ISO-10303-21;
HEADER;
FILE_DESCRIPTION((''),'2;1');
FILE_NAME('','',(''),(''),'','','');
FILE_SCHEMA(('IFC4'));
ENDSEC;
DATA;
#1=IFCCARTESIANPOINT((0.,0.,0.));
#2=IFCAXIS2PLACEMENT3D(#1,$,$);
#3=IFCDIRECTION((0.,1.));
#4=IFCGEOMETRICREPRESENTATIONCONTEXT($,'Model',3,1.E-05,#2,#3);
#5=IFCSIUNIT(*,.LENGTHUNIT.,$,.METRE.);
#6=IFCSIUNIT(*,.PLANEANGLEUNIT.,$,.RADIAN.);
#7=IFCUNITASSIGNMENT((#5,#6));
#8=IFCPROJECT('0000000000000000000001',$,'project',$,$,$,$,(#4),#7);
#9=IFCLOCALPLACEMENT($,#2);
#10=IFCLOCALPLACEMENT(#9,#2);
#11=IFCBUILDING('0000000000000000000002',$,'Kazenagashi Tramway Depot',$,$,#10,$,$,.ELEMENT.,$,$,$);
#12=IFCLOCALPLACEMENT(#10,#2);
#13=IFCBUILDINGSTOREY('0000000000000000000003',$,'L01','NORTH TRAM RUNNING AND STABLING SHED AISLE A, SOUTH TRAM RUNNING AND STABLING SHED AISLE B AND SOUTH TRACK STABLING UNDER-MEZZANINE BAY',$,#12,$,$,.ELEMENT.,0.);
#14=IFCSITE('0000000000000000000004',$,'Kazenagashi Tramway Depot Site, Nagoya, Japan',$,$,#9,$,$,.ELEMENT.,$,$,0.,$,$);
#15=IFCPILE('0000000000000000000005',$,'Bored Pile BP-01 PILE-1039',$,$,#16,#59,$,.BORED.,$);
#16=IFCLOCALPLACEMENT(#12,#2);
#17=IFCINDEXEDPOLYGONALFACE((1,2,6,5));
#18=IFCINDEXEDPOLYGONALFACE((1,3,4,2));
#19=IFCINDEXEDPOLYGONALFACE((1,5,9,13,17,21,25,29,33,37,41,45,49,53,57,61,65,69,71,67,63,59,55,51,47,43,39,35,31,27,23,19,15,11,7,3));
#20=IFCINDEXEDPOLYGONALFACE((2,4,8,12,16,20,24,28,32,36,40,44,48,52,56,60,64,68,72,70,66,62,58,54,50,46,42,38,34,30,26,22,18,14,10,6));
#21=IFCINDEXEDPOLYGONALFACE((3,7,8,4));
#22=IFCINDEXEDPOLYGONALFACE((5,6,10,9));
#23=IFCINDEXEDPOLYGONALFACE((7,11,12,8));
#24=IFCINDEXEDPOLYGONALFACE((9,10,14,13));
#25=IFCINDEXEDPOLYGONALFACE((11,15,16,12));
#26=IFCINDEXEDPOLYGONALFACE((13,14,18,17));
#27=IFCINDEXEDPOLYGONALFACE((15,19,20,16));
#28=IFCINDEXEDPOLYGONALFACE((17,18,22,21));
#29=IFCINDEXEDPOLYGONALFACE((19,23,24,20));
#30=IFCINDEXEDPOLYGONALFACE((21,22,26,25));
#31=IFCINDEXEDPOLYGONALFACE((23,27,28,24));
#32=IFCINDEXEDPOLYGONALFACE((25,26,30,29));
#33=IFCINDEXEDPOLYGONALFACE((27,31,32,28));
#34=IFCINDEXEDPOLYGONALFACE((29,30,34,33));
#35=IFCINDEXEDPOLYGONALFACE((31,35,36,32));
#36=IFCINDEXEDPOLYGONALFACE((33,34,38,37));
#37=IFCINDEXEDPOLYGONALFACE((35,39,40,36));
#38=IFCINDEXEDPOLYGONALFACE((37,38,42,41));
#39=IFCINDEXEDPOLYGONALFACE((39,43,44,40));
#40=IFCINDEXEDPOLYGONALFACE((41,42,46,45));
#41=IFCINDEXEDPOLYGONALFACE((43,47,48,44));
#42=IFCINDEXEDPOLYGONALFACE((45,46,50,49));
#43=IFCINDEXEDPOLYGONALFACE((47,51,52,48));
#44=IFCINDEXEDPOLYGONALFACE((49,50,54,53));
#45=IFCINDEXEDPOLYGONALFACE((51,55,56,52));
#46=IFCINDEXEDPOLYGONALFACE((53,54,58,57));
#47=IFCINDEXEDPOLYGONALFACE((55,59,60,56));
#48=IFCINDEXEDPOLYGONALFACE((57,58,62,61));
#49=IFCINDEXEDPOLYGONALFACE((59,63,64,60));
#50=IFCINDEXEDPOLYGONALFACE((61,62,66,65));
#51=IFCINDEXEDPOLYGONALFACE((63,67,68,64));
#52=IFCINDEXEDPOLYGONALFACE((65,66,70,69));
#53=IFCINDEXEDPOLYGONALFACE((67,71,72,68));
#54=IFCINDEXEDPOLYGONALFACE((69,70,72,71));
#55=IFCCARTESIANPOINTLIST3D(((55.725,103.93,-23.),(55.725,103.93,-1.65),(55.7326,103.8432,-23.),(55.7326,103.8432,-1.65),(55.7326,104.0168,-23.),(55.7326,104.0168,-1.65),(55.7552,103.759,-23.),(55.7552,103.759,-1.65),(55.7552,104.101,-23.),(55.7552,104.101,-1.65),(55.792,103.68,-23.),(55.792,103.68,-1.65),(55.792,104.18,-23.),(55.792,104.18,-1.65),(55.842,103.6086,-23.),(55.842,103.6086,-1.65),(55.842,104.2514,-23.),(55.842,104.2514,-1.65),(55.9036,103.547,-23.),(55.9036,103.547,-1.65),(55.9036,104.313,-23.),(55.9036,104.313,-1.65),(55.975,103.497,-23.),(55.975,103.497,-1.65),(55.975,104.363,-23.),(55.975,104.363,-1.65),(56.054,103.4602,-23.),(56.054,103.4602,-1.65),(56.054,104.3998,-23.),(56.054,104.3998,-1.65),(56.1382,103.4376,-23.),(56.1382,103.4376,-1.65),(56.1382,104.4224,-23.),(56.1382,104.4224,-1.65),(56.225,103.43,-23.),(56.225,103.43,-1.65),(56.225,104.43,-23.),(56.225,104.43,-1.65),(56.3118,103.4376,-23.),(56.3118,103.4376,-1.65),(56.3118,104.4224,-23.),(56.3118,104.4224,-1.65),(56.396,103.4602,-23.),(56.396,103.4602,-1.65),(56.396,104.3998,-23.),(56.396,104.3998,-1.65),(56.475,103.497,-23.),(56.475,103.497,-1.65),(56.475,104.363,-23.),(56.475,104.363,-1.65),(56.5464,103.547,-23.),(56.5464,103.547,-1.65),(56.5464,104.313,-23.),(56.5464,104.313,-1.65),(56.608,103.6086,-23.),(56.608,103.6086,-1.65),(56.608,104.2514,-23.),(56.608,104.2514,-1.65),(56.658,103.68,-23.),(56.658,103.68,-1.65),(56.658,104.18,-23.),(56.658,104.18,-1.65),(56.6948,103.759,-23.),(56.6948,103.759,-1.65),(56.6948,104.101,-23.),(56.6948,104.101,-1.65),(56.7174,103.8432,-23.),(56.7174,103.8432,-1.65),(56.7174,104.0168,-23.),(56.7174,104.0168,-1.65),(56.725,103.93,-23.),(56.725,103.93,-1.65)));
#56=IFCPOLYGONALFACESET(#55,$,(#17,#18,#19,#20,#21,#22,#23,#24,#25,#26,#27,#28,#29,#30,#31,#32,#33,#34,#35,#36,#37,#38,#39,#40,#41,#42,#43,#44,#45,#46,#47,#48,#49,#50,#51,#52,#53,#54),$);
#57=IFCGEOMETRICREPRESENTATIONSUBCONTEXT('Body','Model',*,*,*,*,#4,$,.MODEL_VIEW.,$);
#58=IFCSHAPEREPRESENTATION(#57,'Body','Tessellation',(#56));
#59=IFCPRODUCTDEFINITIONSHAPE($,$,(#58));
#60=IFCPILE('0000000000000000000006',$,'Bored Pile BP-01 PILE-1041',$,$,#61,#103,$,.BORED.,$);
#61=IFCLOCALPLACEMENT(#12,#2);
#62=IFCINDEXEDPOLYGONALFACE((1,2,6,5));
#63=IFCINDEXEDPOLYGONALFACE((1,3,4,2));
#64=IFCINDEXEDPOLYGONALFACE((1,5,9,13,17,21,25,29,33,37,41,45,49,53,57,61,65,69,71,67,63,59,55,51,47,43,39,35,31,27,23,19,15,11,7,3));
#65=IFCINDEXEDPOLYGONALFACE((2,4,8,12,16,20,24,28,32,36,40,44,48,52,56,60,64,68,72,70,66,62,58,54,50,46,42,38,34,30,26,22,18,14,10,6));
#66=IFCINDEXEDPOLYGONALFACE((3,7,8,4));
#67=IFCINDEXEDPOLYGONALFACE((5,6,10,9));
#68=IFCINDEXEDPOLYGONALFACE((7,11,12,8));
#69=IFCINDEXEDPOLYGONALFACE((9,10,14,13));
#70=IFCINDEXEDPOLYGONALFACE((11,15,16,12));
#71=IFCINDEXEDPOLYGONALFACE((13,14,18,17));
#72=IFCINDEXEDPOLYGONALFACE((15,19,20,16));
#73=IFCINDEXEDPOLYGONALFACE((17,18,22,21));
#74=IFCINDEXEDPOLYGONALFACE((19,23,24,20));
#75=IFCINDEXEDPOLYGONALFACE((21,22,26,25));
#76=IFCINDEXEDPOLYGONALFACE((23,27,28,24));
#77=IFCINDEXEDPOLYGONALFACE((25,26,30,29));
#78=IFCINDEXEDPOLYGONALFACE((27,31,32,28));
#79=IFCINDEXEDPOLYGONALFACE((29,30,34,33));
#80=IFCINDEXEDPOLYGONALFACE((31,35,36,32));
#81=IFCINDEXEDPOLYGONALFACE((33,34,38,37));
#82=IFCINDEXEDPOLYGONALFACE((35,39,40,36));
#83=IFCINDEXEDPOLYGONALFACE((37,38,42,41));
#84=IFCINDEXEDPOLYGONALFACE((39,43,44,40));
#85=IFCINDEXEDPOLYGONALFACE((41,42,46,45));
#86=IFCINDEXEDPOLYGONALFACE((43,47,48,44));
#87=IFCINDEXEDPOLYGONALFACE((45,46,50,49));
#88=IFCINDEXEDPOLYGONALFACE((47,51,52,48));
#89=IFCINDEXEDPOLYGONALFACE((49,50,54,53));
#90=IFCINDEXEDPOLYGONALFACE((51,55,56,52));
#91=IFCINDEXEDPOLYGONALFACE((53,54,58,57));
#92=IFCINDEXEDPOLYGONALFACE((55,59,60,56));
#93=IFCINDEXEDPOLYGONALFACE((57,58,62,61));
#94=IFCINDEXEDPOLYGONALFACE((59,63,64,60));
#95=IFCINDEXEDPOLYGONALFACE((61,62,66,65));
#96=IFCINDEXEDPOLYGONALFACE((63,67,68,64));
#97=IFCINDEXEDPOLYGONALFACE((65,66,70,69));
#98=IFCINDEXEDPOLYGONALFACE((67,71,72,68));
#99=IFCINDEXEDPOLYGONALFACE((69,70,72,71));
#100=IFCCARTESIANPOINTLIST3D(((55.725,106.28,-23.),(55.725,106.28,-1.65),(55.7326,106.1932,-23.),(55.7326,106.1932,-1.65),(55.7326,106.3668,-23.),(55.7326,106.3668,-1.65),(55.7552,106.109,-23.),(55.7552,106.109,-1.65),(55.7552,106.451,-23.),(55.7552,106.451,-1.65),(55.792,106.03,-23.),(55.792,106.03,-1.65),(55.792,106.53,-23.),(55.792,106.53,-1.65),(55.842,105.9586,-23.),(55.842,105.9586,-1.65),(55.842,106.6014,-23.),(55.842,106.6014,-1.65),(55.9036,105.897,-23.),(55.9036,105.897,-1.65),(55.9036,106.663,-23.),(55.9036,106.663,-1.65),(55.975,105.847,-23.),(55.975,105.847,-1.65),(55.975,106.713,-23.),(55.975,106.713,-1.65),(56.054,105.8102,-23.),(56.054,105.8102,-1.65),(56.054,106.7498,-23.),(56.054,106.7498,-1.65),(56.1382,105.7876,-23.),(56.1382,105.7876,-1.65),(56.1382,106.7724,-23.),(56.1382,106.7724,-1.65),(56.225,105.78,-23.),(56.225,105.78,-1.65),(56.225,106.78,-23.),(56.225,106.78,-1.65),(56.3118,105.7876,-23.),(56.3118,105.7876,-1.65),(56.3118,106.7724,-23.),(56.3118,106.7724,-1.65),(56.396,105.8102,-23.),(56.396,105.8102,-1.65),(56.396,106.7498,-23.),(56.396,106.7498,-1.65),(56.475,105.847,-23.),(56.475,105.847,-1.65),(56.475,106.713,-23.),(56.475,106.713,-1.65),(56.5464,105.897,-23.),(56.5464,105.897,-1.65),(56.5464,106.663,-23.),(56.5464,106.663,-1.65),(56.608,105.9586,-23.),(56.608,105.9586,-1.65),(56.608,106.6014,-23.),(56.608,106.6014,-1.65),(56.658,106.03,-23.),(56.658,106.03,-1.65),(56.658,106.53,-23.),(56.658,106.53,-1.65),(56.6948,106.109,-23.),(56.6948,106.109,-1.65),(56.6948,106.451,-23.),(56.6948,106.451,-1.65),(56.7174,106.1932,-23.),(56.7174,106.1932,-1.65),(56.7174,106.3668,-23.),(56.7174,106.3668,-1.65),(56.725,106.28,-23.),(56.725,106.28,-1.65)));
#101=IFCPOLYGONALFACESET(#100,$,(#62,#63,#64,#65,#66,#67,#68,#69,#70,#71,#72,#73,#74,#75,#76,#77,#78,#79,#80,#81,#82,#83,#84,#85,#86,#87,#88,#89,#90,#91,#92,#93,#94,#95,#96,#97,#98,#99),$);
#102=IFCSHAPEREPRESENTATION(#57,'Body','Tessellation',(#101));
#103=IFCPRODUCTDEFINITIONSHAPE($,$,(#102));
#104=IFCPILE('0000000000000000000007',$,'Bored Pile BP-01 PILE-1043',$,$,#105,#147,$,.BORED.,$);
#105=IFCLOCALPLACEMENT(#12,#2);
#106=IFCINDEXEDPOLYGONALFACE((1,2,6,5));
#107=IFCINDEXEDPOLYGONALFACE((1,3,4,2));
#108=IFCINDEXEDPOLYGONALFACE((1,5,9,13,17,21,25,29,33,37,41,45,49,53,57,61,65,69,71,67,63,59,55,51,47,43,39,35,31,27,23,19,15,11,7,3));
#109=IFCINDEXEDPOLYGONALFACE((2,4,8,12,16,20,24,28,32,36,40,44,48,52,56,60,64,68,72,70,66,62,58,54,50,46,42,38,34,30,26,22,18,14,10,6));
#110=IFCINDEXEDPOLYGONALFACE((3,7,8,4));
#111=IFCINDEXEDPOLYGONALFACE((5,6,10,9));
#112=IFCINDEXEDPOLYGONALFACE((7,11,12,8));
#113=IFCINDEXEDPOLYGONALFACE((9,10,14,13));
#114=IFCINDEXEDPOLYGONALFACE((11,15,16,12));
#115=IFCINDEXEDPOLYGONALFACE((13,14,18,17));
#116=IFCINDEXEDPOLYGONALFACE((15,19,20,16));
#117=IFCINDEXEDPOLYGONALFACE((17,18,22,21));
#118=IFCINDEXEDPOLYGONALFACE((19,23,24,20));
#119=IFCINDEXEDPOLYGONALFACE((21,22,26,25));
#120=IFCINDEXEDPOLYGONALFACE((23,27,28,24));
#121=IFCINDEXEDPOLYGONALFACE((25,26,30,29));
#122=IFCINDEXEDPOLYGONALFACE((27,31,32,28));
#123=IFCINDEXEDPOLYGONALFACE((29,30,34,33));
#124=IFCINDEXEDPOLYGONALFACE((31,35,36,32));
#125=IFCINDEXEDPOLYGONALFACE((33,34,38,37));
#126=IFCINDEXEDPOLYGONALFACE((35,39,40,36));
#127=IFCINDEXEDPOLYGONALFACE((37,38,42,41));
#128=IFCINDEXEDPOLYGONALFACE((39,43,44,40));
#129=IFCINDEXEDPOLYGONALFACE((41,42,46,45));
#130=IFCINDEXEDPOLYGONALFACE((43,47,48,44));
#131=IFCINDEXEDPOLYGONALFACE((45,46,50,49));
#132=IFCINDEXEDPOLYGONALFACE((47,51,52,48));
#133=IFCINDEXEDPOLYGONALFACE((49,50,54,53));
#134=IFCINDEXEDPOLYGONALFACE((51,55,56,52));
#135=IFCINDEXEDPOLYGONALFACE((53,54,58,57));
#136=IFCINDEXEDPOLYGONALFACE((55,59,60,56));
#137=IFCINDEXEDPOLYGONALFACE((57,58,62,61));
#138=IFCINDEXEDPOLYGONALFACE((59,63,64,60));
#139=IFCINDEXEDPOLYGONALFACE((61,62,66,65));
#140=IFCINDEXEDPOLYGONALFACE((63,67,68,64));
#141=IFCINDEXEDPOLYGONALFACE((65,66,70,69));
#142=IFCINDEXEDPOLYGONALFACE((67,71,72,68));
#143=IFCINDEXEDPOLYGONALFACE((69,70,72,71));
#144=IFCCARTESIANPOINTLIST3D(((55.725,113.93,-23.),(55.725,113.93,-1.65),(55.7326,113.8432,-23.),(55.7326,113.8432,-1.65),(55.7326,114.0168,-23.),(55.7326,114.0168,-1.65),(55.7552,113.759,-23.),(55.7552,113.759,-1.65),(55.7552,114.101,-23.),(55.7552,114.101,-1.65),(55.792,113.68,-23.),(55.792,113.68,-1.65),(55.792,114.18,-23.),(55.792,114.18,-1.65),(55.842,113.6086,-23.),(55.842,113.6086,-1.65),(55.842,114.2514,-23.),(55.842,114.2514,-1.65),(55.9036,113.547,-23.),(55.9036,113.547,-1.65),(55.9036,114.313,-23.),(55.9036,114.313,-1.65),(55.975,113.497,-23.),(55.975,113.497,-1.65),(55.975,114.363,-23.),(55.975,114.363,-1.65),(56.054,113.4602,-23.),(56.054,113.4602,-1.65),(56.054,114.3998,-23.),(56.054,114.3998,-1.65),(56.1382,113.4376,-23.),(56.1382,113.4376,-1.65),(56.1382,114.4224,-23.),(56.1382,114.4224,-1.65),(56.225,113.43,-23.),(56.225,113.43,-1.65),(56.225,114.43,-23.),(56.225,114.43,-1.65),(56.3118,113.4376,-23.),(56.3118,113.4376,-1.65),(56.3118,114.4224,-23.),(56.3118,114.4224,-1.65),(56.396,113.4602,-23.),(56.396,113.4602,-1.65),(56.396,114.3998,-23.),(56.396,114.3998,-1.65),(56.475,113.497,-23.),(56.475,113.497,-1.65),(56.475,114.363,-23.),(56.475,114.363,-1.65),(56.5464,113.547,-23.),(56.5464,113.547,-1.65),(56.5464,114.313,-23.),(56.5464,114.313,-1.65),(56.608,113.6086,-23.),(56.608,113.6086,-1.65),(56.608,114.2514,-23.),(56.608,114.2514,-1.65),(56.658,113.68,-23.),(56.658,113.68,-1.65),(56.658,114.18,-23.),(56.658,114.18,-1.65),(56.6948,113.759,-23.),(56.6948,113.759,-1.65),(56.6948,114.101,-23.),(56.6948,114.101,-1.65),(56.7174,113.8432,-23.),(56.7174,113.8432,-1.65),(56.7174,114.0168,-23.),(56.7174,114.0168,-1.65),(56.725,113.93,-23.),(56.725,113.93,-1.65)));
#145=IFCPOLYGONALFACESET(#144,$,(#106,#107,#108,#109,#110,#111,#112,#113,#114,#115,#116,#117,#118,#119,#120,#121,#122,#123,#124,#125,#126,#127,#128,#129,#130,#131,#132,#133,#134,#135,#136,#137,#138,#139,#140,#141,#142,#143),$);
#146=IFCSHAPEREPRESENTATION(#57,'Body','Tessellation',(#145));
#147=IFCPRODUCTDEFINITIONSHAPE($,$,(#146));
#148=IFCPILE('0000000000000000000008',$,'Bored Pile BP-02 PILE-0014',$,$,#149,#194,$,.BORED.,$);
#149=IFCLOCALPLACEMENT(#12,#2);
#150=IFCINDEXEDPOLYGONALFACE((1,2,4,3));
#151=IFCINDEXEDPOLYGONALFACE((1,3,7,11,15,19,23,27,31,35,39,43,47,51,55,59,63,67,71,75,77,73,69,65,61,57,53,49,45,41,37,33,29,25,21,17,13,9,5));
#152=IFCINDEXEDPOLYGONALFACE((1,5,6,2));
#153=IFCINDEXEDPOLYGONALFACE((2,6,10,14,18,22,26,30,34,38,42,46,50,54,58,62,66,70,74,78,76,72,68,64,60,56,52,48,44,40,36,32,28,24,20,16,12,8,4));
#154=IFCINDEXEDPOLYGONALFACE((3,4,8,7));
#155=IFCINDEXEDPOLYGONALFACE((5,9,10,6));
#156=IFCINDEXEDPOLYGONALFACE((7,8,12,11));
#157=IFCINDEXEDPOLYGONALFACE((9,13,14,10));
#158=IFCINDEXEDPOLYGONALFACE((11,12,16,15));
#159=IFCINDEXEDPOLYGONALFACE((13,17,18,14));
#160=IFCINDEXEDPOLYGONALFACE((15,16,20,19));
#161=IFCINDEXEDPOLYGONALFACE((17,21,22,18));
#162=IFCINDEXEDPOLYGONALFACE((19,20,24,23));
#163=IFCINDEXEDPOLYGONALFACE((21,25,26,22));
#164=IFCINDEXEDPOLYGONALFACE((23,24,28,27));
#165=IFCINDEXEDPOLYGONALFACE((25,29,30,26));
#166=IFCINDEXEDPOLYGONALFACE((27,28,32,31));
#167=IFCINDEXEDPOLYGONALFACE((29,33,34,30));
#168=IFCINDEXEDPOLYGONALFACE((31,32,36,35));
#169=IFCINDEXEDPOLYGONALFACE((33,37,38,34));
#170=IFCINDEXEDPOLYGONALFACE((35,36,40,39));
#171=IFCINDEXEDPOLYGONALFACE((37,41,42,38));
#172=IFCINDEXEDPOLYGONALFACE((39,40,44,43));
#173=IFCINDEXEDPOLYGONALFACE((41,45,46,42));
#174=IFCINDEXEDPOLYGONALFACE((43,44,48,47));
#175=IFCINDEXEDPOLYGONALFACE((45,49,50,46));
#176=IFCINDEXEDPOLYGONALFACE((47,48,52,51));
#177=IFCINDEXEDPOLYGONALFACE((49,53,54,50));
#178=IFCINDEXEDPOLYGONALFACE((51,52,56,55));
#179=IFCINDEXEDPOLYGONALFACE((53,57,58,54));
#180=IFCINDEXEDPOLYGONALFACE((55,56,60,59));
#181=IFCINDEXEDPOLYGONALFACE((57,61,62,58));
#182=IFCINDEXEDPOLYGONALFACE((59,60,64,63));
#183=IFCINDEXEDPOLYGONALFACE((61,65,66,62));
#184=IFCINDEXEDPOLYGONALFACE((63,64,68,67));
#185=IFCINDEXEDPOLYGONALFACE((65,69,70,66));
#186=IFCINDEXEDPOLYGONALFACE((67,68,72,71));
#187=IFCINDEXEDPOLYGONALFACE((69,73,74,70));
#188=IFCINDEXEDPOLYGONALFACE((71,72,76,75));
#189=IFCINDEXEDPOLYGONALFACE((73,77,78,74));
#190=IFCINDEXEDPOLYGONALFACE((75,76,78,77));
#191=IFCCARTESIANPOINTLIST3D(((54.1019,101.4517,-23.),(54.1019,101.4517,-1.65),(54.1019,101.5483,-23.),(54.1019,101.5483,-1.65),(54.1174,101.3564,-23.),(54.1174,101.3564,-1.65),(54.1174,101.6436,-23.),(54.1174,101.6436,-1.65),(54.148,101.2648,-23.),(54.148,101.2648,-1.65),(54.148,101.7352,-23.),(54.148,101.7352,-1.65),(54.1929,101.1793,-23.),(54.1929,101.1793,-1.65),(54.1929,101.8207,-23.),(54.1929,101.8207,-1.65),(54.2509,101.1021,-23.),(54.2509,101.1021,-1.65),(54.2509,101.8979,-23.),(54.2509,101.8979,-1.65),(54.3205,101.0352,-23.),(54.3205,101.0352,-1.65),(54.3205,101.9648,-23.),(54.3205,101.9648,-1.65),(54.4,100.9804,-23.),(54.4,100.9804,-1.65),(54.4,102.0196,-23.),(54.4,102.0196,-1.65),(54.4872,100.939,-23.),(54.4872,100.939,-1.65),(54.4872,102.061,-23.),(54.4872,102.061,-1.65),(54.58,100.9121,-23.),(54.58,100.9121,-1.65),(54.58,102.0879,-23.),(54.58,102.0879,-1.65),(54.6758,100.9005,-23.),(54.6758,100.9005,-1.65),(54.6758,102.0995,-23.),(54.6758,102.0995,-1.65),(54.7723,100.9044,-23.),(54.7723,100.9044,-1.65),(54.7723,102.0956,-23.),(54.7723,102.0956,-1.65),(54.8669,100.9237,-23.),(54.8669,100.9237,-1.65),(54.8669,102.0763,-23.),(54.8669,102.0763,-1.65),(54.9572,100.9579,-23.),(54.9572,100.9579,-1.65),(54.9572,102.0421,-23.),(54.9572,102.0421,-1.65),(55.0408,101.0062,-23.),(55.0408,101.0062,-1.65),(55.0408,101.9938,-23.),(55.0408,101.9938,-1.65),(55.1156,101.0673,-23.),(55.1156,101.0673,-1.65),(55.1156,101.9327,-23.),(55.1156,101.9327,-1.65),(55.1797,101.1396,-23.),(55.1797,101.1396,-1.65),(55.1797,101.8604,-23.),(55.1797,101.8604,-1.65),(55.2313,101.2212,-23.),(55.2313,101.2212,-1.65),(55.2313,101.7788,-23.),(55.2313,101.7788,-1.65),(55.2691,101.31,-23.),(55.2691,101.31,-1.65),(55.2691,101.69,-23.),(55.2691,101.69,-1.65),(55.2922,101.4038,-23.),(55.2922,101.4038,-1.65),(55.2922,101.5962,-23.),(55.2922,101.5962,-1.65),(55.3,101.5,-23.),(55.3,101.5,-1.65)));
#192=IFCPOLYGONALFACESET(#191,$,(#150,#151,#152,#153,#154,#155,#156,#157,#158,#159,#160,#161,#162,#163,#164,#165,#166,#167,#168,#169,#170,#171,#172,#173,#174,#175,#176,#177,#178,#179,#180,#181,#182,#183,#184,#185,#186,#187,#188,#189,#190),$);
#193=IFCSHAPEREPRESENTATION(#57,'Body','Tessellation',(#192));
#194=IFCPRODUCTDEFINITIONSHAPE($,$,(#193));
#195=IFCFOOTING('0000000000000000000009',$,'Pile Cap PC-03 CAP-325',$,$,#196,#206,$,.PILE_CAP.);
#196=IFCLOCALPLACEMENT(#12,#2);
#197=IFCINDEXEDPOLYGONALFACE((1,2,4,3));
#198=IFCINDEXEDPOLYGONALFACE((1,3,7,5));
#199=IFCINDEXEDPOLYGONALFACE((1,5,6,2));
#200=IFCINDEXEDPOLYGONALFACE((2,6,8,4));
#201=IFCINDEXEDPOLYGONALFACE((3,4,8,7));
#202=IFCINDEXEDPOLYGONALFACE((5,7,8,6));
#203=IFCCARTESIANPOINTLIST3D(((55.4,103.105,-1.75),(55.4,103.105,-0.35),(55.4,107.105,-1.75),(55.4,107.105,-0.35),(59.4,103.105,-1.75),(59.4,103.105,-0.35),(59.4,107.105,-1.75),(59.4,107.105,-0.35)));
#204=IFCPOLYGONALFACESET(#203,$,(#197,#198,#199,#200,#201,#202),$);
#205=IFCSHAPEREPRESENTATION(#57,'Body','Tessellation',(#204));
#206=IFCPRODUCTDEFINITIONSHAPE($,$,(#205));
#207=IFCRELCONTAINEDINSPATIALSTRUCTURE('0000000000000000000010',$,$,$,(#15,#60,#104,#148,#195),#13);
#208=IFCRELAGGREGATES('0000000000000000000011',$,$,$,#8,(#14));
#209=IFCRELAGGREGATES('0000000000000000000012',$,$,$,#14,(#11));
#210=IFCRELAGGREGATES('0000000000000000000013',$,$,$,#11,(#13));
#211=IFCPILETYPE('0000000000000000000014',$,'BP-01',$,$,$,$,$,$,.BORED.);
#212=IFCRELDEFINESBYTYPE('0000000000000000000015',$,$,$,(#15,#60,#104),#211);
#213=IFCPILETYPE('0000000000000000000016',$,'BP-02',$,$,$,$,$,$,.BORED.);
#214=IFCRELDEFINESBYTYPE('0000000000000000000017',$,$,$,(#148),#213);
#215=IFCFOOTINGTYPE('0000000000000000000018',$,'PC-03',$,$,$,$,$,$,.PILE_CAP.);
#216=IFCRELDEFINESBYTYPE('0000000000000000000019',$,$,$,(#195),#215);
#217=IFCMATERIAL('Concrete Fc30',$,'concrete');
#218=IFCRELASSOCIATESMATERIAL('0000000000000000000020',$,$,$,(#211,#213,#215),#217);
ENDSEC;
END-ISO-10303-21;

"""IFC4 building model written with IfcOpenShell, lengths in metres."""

from ifc_helpers import new_model, si_unit, direction, frame, origin, origin_2d, place, context, subcontext, project, spatial, rectangle, circle, extrude, material, material_profile, profile_set, type_object, element, save


model = new_model("IFC4")

# Units and contexts
model_context = context("Model", 3, precision=1e-05, world=origin(), true_north=direction((0.0, 1.0)))
body_context = subcontext(model_context, "Body", "Model", "MODEL_VIEW")
ifc_project = project(units=[si_unit("LENGTHUNIT", "METRE"), si_unit("PLANEANGLEUNIT", "RADIAN")], contexts=[model_context])

# Site, building, storey
site_placement = place(None, origin())
site = spatial("IfcSite", under=ifc_project, at=site_placement, Name="Kazenagashi Tramway Depot Site, Nagoya, Japan", CompositionType="ELEMENT", RefElevation=0.0)
building_placement = place(site_placement, origin())
building = spatial("IfcBuilding", under=site, at=building_placement, Name="Kazenagashi Tramway Depot", CompositionType="ELEMENT")
storey_placement = place(building_placement, origin())
storey = spatial("IfcBuildingStorey", under=building, at=storey_placement, Name="L01", Description="NORTH TRAM RUNNING AND STABLING SHED AISLE A, SOUTH TRAM RUNNING AND STABLING SHED AISLE B AND SOUTH TRACK STABLING UNDER-MEZZANINE BAY", CompositionType="ELEMENT", Elevation=0.0)

# Piles
ifc_material_1 = material(Name="Concrete Fc30", Category="concrete")
ifc_material_profile_1 = material_profile(ifc_material_1, circle(Radius=0.5, at=origin_2d()), Name="PILE-1000")
ifc_profile_set_1 = profile_set([ifc_material_profile_1], Name="Concrete Fc30")
pile_type_1 = type_object("IfcPileType", Name="BP-01", PredefinedType="BORED", material=ifc_profile_set_1)
for number, where, z_axis, x_axis, name in (
    (1, (56.225, 103.93, -1.65), (0.0, 0.0, -1.0), (1.0, 0.0, 0.0), "Bored Pile BP-01 PILE-1039"),
    (2, (56.225, 106.28, -1.65), (0.0, 0.0, -1.0), (1.0, 0.0, 0.0), "Bored Pile BP-01 PILE-1041"),
    (3, (56.225, 113.93, -1.65), (0.0, 0.0, -1.0), (1.0, 0.0, 0.0), "Bored Pile BP-01 PILE-1043"),
):
    element("IfcPile", number, at=place(storey_placement, frame(where, z_axis=z_axis, x_axis=x_axis)), inside=storey, type_object=pile_type_1, Name=name, PredefinedType="BORED", context=body_context, shape_type="SweptSolid", body=[
        extrude(circle(Radius=0.5, at=origin_2d()), origin(), (0.0, 0.0, 1.0), 21.35),
    ])
ifc_material_profile_2 = material_profile(ifc_material_1, circle(Radius=0.6, at=origin_2d()), Name="PILE-1200")
ifc_profile_set_2 = profile_set([ifc_material_profile_2], Name="Concrete Fc30")
pile_type_2 = type_object("IfcPileType", Name="BP-02", PredefinedType="BORED", material=ifc_profile_set_2)
pile_placement = place(storey_placement, frame((54.7, 101.5, -1.65), z_axis=(0.0, 0.0, -1.0), x_axis=(1.0, 0.0, 0.0)))
element("IfcPile", 4, at=pile_placement, inside=storey, type_object=pile_type_2, Name="Bored Pile BP-02 PILE-0014", PredefinedType="BORED", context=body_context, shape_type="SweptSolid", body=[
    extrude(circle(Radius=0.6, at=origin_2d()), origin(), (0.0, 0.0, 1.0), 21.35),
])

# Footing
footing_type = type_object("IfcFootingType", Name="PC-03", PredefinedType="PILE_CAP", material=ifc_material_1)
footing_placement = place(storey_placement, frame((57.4, 105.105, -1.75), z_axis=(0.0, 0.0, 1.0), x_axis=(1.0, 0.0, 0.0)))
element("IfcFooting", 5, at=footing_placement, inside=storey, type_object=footing_type, Name="Pile Cap PC-03 CAP-325", PredefinedType="PILE_CAP", context=body_context, shape_type="SweptSolid", body=[
    extrude(rectangle(XDim=4.0, YDim=4.0, at=origin_2d()), origin(), (0.0, 0.0, 1.0), 1.4),
])

save(model, "model.ifc")
